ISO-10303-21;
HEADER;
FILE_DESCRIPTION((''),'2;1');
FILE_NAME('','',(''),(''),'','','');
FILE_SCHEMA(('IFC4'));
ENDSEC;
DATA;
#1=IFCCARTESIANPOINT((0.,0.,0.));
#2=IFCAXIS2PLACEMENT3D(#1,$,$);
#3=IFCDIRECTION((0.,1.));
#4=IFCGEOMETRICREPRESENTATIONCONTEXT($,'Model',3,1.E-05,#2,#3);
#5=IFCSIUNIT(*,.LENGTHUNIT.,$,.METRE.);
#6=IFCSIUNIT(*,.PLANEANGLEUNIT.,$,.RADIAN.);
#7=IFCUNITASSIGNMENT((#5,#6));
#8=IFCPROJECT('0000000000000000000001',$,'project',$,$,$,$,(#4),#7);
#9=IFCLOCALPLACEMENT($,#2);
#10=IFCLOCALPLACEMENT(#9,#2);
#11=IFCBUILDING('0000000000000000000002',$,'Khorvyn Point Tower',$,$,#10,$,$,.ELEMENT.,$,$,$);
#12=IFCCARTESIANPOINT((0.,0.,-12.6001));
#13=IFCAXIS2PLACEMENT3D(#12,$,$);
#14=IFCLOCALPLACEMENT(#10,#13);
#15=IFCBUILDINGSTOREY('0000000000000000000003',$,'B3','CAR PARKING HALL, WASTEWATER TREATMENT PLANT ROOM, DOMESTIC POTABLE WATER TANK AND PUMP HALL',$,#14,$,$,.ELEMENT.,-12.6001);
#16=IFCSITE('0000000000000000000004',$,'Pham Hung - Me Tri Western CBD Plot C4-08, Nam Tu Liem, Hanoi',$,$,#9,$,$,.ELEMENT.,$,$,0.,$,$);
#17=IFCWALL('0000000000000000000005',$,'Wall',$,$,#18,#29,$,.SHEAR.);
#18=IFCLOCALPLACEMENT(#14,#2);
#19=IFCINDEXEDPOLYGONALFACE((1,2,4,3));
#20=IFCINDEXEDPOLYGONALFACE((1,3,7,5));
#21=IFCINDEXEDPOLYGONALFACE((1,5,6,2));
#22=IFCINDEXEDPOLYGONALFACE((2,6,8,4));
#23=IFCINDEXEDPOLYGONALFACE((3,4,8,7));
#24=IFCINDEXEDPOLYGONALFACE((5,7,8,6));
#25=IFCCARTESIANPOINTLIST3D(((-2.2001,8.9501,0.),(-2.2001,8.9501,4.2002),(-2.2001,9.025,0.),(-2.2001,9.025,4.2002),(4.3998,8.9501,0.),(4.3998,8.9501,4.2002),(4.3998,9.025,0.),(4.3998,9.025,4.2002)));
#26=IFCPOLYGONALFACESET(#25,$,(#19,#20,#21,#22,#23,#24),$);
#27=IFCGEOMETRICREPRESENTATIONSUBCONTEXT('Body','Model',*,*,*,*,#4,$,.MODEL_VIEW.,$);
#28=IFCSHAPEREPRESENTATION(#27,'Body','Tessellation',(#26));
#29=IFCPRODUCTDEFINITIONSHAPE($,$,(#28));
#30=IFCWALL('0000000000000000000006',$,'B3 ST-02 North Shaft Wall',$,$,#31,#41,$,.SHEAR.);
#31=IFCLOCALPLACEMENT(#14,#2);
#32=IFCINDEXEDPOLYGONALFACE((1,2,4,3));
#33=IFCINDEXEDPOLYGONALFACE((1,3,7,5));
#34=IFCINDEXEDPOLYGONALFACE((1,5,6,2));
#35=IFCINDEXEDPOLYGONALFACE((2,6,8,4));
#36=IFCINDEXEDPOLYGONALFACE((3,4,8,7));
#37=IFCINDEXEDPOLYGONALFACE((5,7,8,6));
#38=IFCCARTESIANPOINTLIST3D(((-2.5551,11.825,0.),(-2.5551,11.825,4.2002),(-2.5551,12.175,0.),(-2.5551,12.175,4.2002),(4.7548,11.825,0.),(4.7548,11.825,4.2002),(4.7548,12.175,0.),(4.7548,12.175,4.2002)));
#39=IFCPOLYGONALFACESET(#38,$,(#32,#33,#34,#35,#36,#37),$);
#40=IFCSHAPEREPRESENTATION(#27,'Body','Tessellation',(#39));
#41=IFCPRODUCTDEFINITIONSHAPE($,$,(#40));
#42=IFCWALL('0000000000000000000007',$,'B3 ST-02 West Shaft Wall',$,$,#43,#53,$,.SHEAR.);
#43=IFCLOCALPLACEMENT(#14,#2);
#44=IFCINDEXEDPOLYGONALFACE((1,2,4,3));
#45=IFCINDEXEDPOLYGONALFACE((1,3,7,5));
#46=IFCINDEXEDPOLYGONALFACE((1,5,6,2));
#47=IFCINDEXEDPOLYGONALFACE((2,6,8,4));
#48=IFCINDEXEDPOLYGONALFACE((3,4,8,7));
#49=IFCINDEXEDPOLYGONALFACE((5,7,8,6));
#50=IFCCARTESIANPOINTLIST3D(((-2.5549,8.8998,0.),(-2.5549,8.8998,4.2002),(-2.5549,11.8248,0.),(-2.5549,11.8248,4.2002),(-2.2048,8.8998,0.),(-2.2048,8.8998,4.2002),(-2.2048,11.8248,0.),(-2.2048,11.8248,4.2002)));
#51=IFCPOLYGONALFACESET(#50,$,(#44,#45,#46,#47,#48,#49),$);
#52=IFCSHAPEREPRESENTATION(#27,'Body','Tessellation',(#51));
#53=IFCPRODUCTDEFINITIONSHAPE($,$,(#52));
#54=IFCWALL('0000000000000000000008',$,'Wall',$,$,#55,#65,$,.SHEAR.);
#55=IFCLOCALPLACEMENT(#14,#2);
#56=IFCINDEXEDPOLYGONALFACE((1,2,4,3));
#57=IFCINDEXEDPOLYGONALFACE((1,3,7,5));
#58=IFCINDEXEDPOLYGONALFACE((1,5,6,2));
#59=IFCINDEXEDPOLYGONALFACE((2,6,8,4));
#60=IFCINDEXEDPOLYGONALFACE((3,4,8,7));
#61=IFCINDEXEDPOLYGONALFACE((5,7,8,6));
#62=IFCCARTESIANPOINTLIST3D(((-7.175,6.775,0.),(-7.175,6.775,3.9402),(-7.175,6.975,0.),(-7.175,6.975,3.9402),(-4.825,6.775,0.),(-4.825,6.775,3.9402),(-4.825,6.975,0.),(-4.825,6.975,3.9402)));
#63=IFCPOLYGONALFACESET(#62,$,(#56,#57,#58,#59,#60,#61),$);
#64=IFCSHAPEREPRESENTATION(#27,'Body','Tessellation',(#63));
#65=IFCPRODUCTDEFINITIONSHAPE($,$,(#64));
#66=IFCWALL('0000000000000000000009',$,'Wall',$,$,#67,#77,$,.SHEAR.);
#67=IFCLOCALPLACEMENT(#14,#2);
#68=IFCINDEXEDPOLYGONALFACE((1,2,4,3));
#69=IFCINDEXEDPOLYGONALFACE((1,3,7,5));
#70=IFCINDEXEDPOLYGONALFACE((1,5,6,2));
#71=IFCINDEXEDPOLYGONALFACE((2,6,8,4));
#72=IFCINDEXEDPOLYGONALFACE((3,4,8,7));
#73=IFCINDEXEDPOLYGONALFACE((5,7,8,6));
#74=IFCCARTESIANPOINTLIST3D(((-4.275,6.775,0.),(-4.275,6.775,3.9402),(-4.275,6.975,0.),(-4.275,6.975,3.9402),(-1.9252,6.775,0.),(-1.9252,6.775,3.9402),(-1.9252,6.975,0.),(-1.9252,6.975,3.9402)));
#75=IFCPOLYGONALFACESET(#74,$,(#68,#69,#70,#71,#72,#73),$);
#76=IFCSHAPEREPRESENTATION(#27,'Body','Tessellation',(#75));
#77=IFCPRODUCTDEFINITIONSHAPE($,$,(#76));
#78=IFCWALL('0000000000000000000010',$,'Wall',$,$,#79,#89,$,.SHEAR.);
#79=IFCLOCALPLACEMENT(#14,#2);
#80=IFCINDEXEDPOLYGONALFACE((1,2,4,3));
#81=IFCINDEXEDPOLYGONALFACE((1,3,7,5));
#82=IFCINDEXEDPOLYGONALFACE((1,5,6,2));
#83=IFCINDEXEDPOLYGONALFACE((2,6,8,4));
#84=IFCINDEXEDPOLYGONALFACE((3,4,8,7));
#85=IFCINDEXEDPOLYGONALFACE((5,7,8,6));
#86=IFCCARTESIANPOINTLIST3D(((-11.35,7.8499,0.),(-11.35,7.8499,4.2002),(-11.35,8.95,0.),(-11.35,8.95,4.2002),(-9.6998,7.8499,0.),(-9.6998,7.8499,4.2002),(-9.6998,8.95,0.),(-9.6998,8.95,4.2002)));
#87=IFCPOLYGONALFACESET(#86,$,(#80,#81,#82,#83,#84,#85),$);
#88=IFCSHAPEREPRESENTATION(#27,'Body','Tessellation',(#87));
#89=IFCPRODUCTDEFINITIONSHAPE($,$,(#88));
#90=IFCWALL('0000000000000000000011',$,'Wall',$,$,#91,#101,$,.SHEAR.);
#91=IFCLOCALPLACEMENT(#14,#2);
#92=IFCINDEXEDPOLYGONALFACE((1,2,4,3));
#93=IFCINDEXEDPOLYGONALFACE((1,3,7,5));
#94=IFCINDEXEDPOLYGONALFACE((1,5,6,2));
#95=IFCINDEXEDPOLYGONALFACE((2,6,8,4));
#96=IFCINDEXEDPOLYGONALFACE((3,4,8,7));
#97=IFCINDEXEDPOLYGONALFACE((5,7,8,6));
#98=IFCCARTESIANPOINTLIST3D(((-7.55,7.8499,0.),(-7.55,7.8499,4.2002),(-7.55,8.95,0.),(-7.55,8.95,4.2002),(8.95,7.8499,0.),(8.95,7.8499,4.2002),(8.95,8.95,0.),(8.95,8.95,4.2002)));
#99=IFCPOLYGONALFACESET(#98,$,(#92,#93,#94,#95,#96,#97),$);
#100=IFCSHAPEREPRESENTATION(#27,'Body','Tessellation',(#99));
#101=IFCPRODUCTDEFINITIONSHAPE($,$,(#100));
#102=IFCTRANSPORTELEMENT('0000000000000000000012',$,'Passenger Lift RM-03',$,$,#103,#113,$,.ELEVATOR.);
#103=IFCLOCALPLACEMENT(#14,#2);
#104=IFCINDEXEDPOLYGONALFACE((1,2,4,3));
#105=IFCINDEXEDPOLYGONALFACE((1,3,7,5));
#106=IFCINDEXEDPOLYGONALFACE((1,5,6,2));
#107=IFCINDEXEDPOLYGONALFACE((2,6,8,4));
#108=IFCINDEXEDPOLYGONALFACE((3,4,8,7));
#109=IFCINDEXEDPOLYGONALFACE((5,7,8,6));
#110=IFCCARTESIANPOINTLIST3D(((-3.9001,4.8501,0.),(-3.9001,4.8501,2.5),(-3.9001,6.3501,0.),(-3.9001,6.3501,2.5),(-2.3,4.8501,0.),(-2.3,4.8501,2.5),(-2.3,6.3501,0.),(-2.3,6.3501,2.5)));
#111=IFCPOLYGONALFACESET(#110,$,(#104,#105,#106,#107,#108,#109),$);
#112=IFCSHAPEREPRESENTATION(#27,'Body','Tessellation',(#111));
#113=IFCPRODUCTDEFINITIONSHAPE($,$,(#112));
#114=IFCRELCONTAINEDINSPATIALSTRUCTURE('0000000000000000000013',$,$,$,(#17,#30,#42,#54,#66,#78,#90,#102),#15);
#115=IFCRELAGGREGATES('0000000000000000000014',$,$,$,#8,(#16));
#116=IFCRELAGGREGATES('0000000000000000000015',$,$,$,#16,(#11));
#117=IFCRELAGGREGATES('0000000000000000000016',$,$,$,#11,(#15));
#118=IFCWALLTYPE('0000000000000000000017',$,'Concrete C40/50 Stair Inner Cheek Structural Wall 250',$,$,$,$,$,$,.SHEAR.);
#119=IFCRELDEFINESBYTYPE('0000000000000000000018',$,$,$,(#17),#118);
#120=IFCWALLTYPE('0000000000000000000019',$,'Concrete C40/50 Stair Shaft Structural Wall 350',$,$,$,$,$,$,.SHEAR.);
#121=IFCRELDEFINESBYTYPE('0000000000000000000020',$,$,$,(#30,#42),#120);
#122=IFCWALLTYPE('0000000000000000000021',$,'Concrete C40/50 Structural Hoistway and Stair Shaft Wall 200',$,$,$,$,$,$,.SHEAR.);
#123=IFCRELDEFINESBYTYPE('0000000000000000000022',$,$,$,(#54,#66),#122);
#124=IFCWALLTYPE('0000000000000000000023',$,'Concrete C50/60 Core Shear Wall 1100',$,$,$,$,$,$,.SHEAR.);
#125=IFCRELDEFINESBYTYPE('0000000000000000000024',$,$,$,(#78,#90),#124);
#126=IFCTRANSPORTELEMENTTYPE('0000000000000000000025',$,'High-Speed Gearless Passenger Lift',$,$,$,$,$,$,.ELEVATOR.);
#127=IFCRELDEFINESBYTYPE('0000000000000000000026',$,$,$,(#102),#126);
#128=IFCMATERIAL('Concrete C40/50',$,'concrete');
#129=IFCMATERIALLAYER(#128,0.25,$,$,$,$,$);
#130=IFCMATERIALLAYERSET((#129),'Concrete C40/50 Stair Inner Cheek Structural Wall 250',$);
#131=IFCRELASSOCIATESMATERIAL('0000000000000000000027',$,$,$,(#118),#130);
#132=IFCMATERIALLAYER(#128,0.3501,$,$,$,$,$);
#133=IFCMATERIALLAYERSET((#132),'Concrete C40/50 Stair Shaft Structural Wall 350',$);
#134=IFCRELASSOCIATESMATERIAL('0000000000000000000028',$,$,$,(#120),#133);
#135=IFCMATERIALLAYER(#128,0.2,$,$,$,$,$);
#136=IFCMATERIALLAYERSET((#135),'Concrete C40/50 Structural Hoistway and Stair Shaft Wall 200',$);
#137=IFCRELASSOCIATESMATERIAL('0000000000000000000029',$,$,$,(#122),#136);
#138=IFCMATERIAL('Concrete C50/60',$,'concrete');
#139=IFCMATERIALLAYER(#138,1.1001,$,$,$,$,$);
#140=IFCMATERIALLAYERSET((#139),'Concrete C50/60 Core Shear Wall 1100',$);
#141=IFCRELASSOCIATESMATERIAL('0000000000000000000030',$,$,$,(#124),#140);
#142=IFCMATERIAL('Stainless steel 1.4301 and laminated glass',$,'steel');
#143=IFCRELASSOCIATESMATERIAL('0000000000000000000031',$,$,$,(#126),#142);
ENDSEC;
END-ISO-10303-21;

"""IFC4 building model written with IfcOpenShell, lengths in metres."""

from ifc_helpers import new_model, si_unit, direction, frame, frame_2d, origin, origin_2d, place, context, subcontext, project, spatial, rectangle, extrude, material, layer, layer_set, type_object, element, save


model = new_model("IFC4")

# Units and contexts
model_context = context("Model", 3, precision=1e-05, world=origin(), true_north=direction((0.0, 1.0)))
body_context = subcontext(model_context, "Body", "Model", "MODEL_VIEW")
ifc_project = project(units=[si_unit("LENGTHUNIT", "METRE"), si_unit("PLANEANGLEUNIT", "RADIAN")], contexts=[model_context])

# Site, building, storey
site_placement = place(None, origin())
site = spatial("IfcSite", under=ifc_project, at=site_placement, Name="Pham Hung - Me Tri Western CBD Plot C4-08, Nam Tu Liem, Hanoi", CompositionType="ELEMENT", RefElevation=0.0)
building_placement = place(site_placement, origin())
building = spatial("IfcBuilding", under=site, at=building_placement, Name="Khorvyn Point Tower", CompositionType="ELEMENT")
storey_placement = place(building_placement, frame((0.0, 0.0, -12.6001)))
storey = spatial("IfcBuildingStorey", under=building, at=storey_placement, Name="B3", Description="CAR PARKING HALL, WASTEWATER TREATMENT PLANT ROOM, DOMESTIC POTABLE WATER TANK AND PUMP HALL", CompositionType="ELEMENT", Elevation=-12.6001)

# Shared definitions
ifc_material_1 = material(Name="Concrete C40/50", Category="concrete")

# Shared definitions
ifc_material_2 = material(Name="Concrete C50/60", Category="concrete")

# Walls
ifc_layer_1 = layer(ifc_material_1, 0.25)
ifc_layer_set_1 = layer_set([ifc_layer_1], Name="Concrete C40/50 Stair Inner Cheek Structural Wall 250")
wall_type_1 = type_object("IfcWallType", Name="Concrete C40/50 Stair Inner Cheek Structural Wall 250", PredefinedType="SHEAR", material=ifc_layer_set_1)
wall_1_placement = place(storey_placement, frame((-2.2, 8.9875, 0.0), z_axis=(0.0, 0.0, 1.0), x_axis=(1.0, 0.0, 0.0)))
element("IfcWall", 1, at=wall_1_placement, inside=storey, type_object=wall_type_1, Name="Wall", PredefinedType="SHEAR", context=body_context, shape_type="SweptSolid", body=[
    extrude(rectangle(XDim=6.5999, YDim=0.075, at=frame_2d((3.2998, 0.0))), origin(), (0.0, 0.0, 1.0), 4.2002),
])
ifc_layer_2 = layer(ifc_material_1, 0.3501)
ifc_layer_set_2 = layer_set([ifc_layer_2], Name="Concrete C40/50 Stair Shaft Structural Wall 350")
wall_type_2 = type_object("IfcWallType", Name="Concrete C40/50 Stair Shaft Structural Wall 350", PredefinedType="SHEAR", material=ifc_layer_set_2)
wall_2_placement = place(storey_placement, frame((-2.5549, 12.0, 0.0), z_axis=(0.0, 0.0, 1.0), x_axis=(1.0, 0.0, 0.0)))
element("IfcWall", 2, at=wall_2_placement, inside=storey, type_object=wall_type_2, Name="B3 ST-02 North Shaft Wall", PredefinedType="SHEAR", context=body_context, shape_type="SweptSolid", body=[
    extrude(rectangle(XDim=7.3098, YDim=0.3501, at=frame_2d((3.6548, 0.0))), origin(), (0.0, 0.0, 1.0), 4.2002),
])
wall_3_placement = place(storey_placement, frame((-2.3799, 8.8999, 0.0), z_axis=(0.0, 0.0, 1.0), x_axis=(0.0, 1.0, 0.0)))
element("IfcWall", 3, at=wall_3_placement, inside=storey, type_object=wall_type_2, Name="B3 ST-02 West Shaft Wall", PredefinedType="SHEAR", context=body_context, shape_type="SweptSolid", body=[
    extrude(rectangle(XDim=2.925, YDim=0.3501, at=frame_2d((1.4624, 0.0))), origin(), (0.0, 0.0, 1.0), 4.2002),
])
ifc_layer_3 = layer(ifc_material_1, 0.2)
ifc_layer_set_3 = layer_set([ifc_layer_3], Name="Concrete C40/50 Structural Hoistway and Stair Shaft Wall 200")
wall_type_3 = type_object("IfcWallType", Name="Concrete C40/50 Structural Hoistway and Stair Shaft Wall 200", PredefinedType="SHEAR", material=ifc_layer_set_3)
wall_4_placement = place(storey_placement, frame((-7.175, 6.875, 0.0), z_axis=(0.0, 0.0, 1.0), x_axis=(1.0, 0.0, 0.0)))
element("IfcWall", 4, at=wall_4_placement, inside=storey, type_object=wall_type_3, Name="Wall", PredefinedType="SHEAR", context=body_context, shape_type="SweptSolid", body=[
    extrude(rectangle(XDim=2.3501, YDim=0.2, at=frame_2d((1.175, 0.0))), origin(), (0.0, 0.0, 1.0), 3.9402),
])
wall_5_placement = place(storey_placement, frame((-4.2749, 6.875, 0.0), z_axis=(0.0, 0.0, 1.0), x_axis=(1.0, 0.0, 0.0)))
element("IfcWall", 5, at=wall_5_placement, inside=storey, type_object=wall_type_3, Name="Wall", PredefinedType="SHEAR", context=body_context, shape_type="SweptSolid", body=[
    extrude(rectangle(XDim=2.3499, YDim=0.2, at=frame_2d((1.1748, 0.0))), origin(), (0.0, 0.0, 1.0), 3.9402),
])
ifc_layer_4 = layer(ifc_material_2, 1.1001)
ifc_layer_set_4 = layer_set([ifc_layer_4], Name="Concrete C50/60 Core Shear Wall 1100")
wall_type_4 = type_object("IfcWallType", Name="Concrete C50/60 Core Shear Wall 1100", PredefinedType="SHEAR", material=ifc_layer_set_4)
wall_6_placement = place(storey_placement, frame((-11.3501, 8.3999, 0.0), z_axis=(0.0, 0.0, 1.0), x_axis=(1.0, 0.0, 0.0)))
element("IfcWall", 6, at=wall_6_placement, inside=storey, type_object=wall_type_4, Name="Wall", PredefinedType="SHEAR", context=body_context, shape_type="SweptSolid", body=[
    extrude(rectangle(XDim=1.6501, YDim=1.1001, at=frame_2d((0.8252, 0.0))), origin(), (0.0, 0.0, 1.0), 4.2002),
])
wall_7_placement = place(storey_placement, frame((-7.55, 8.3999, 0.0), z_axis=(0.0, 0.0, 1.0), x_axis=(1.0, 0.0, 0.0)))
element("IfcWall", 7, at=wall_7_placement, inside=storey, type_object=wall_type_4, Name="Wall", PredefinedType="SHEAR", context=body_context, shape_type="SweptSolid", body=[
    extrude(rectangle(XDim=16.5, YDim=1.1001, at=frame_2d((8.25, 0.0))), origin(), (0.0, 0.0, 1.0), 4.2002),
])

# Transport element
ifc_material_3 = material(Name="Stainless steel 1.4301 and laminated glass", Category="steel")
transport_element_type = type_object("IfcTransportElementType", Name="High-Speed Gearless Passenger Lift", PredefinedType="ELEVATOR", material=ifc_material_3)
transport_element_placement = place(storey_placement, frame((-3.1001, 5.6001, 0.0), z_axis=(0.0, 0.0, 1.0), x_axis=(1.0, 0.0, 0.0)))
element("IfcTransportElement", 8, at=transport_element_placement, inside=storey, type_object=transport_element_type, Name="Passenger Lift RM-03", PredefinedType="ELEVATOR", context=body_context, shape_type="SweptSolid", body=[
    extrude(rectangle(XDim=1.6001, YDim=1.5, at=origin_2d()), origin(), (0.0, 0.0, 1.0), 2.5),
])

save(model, "model.ifc")
